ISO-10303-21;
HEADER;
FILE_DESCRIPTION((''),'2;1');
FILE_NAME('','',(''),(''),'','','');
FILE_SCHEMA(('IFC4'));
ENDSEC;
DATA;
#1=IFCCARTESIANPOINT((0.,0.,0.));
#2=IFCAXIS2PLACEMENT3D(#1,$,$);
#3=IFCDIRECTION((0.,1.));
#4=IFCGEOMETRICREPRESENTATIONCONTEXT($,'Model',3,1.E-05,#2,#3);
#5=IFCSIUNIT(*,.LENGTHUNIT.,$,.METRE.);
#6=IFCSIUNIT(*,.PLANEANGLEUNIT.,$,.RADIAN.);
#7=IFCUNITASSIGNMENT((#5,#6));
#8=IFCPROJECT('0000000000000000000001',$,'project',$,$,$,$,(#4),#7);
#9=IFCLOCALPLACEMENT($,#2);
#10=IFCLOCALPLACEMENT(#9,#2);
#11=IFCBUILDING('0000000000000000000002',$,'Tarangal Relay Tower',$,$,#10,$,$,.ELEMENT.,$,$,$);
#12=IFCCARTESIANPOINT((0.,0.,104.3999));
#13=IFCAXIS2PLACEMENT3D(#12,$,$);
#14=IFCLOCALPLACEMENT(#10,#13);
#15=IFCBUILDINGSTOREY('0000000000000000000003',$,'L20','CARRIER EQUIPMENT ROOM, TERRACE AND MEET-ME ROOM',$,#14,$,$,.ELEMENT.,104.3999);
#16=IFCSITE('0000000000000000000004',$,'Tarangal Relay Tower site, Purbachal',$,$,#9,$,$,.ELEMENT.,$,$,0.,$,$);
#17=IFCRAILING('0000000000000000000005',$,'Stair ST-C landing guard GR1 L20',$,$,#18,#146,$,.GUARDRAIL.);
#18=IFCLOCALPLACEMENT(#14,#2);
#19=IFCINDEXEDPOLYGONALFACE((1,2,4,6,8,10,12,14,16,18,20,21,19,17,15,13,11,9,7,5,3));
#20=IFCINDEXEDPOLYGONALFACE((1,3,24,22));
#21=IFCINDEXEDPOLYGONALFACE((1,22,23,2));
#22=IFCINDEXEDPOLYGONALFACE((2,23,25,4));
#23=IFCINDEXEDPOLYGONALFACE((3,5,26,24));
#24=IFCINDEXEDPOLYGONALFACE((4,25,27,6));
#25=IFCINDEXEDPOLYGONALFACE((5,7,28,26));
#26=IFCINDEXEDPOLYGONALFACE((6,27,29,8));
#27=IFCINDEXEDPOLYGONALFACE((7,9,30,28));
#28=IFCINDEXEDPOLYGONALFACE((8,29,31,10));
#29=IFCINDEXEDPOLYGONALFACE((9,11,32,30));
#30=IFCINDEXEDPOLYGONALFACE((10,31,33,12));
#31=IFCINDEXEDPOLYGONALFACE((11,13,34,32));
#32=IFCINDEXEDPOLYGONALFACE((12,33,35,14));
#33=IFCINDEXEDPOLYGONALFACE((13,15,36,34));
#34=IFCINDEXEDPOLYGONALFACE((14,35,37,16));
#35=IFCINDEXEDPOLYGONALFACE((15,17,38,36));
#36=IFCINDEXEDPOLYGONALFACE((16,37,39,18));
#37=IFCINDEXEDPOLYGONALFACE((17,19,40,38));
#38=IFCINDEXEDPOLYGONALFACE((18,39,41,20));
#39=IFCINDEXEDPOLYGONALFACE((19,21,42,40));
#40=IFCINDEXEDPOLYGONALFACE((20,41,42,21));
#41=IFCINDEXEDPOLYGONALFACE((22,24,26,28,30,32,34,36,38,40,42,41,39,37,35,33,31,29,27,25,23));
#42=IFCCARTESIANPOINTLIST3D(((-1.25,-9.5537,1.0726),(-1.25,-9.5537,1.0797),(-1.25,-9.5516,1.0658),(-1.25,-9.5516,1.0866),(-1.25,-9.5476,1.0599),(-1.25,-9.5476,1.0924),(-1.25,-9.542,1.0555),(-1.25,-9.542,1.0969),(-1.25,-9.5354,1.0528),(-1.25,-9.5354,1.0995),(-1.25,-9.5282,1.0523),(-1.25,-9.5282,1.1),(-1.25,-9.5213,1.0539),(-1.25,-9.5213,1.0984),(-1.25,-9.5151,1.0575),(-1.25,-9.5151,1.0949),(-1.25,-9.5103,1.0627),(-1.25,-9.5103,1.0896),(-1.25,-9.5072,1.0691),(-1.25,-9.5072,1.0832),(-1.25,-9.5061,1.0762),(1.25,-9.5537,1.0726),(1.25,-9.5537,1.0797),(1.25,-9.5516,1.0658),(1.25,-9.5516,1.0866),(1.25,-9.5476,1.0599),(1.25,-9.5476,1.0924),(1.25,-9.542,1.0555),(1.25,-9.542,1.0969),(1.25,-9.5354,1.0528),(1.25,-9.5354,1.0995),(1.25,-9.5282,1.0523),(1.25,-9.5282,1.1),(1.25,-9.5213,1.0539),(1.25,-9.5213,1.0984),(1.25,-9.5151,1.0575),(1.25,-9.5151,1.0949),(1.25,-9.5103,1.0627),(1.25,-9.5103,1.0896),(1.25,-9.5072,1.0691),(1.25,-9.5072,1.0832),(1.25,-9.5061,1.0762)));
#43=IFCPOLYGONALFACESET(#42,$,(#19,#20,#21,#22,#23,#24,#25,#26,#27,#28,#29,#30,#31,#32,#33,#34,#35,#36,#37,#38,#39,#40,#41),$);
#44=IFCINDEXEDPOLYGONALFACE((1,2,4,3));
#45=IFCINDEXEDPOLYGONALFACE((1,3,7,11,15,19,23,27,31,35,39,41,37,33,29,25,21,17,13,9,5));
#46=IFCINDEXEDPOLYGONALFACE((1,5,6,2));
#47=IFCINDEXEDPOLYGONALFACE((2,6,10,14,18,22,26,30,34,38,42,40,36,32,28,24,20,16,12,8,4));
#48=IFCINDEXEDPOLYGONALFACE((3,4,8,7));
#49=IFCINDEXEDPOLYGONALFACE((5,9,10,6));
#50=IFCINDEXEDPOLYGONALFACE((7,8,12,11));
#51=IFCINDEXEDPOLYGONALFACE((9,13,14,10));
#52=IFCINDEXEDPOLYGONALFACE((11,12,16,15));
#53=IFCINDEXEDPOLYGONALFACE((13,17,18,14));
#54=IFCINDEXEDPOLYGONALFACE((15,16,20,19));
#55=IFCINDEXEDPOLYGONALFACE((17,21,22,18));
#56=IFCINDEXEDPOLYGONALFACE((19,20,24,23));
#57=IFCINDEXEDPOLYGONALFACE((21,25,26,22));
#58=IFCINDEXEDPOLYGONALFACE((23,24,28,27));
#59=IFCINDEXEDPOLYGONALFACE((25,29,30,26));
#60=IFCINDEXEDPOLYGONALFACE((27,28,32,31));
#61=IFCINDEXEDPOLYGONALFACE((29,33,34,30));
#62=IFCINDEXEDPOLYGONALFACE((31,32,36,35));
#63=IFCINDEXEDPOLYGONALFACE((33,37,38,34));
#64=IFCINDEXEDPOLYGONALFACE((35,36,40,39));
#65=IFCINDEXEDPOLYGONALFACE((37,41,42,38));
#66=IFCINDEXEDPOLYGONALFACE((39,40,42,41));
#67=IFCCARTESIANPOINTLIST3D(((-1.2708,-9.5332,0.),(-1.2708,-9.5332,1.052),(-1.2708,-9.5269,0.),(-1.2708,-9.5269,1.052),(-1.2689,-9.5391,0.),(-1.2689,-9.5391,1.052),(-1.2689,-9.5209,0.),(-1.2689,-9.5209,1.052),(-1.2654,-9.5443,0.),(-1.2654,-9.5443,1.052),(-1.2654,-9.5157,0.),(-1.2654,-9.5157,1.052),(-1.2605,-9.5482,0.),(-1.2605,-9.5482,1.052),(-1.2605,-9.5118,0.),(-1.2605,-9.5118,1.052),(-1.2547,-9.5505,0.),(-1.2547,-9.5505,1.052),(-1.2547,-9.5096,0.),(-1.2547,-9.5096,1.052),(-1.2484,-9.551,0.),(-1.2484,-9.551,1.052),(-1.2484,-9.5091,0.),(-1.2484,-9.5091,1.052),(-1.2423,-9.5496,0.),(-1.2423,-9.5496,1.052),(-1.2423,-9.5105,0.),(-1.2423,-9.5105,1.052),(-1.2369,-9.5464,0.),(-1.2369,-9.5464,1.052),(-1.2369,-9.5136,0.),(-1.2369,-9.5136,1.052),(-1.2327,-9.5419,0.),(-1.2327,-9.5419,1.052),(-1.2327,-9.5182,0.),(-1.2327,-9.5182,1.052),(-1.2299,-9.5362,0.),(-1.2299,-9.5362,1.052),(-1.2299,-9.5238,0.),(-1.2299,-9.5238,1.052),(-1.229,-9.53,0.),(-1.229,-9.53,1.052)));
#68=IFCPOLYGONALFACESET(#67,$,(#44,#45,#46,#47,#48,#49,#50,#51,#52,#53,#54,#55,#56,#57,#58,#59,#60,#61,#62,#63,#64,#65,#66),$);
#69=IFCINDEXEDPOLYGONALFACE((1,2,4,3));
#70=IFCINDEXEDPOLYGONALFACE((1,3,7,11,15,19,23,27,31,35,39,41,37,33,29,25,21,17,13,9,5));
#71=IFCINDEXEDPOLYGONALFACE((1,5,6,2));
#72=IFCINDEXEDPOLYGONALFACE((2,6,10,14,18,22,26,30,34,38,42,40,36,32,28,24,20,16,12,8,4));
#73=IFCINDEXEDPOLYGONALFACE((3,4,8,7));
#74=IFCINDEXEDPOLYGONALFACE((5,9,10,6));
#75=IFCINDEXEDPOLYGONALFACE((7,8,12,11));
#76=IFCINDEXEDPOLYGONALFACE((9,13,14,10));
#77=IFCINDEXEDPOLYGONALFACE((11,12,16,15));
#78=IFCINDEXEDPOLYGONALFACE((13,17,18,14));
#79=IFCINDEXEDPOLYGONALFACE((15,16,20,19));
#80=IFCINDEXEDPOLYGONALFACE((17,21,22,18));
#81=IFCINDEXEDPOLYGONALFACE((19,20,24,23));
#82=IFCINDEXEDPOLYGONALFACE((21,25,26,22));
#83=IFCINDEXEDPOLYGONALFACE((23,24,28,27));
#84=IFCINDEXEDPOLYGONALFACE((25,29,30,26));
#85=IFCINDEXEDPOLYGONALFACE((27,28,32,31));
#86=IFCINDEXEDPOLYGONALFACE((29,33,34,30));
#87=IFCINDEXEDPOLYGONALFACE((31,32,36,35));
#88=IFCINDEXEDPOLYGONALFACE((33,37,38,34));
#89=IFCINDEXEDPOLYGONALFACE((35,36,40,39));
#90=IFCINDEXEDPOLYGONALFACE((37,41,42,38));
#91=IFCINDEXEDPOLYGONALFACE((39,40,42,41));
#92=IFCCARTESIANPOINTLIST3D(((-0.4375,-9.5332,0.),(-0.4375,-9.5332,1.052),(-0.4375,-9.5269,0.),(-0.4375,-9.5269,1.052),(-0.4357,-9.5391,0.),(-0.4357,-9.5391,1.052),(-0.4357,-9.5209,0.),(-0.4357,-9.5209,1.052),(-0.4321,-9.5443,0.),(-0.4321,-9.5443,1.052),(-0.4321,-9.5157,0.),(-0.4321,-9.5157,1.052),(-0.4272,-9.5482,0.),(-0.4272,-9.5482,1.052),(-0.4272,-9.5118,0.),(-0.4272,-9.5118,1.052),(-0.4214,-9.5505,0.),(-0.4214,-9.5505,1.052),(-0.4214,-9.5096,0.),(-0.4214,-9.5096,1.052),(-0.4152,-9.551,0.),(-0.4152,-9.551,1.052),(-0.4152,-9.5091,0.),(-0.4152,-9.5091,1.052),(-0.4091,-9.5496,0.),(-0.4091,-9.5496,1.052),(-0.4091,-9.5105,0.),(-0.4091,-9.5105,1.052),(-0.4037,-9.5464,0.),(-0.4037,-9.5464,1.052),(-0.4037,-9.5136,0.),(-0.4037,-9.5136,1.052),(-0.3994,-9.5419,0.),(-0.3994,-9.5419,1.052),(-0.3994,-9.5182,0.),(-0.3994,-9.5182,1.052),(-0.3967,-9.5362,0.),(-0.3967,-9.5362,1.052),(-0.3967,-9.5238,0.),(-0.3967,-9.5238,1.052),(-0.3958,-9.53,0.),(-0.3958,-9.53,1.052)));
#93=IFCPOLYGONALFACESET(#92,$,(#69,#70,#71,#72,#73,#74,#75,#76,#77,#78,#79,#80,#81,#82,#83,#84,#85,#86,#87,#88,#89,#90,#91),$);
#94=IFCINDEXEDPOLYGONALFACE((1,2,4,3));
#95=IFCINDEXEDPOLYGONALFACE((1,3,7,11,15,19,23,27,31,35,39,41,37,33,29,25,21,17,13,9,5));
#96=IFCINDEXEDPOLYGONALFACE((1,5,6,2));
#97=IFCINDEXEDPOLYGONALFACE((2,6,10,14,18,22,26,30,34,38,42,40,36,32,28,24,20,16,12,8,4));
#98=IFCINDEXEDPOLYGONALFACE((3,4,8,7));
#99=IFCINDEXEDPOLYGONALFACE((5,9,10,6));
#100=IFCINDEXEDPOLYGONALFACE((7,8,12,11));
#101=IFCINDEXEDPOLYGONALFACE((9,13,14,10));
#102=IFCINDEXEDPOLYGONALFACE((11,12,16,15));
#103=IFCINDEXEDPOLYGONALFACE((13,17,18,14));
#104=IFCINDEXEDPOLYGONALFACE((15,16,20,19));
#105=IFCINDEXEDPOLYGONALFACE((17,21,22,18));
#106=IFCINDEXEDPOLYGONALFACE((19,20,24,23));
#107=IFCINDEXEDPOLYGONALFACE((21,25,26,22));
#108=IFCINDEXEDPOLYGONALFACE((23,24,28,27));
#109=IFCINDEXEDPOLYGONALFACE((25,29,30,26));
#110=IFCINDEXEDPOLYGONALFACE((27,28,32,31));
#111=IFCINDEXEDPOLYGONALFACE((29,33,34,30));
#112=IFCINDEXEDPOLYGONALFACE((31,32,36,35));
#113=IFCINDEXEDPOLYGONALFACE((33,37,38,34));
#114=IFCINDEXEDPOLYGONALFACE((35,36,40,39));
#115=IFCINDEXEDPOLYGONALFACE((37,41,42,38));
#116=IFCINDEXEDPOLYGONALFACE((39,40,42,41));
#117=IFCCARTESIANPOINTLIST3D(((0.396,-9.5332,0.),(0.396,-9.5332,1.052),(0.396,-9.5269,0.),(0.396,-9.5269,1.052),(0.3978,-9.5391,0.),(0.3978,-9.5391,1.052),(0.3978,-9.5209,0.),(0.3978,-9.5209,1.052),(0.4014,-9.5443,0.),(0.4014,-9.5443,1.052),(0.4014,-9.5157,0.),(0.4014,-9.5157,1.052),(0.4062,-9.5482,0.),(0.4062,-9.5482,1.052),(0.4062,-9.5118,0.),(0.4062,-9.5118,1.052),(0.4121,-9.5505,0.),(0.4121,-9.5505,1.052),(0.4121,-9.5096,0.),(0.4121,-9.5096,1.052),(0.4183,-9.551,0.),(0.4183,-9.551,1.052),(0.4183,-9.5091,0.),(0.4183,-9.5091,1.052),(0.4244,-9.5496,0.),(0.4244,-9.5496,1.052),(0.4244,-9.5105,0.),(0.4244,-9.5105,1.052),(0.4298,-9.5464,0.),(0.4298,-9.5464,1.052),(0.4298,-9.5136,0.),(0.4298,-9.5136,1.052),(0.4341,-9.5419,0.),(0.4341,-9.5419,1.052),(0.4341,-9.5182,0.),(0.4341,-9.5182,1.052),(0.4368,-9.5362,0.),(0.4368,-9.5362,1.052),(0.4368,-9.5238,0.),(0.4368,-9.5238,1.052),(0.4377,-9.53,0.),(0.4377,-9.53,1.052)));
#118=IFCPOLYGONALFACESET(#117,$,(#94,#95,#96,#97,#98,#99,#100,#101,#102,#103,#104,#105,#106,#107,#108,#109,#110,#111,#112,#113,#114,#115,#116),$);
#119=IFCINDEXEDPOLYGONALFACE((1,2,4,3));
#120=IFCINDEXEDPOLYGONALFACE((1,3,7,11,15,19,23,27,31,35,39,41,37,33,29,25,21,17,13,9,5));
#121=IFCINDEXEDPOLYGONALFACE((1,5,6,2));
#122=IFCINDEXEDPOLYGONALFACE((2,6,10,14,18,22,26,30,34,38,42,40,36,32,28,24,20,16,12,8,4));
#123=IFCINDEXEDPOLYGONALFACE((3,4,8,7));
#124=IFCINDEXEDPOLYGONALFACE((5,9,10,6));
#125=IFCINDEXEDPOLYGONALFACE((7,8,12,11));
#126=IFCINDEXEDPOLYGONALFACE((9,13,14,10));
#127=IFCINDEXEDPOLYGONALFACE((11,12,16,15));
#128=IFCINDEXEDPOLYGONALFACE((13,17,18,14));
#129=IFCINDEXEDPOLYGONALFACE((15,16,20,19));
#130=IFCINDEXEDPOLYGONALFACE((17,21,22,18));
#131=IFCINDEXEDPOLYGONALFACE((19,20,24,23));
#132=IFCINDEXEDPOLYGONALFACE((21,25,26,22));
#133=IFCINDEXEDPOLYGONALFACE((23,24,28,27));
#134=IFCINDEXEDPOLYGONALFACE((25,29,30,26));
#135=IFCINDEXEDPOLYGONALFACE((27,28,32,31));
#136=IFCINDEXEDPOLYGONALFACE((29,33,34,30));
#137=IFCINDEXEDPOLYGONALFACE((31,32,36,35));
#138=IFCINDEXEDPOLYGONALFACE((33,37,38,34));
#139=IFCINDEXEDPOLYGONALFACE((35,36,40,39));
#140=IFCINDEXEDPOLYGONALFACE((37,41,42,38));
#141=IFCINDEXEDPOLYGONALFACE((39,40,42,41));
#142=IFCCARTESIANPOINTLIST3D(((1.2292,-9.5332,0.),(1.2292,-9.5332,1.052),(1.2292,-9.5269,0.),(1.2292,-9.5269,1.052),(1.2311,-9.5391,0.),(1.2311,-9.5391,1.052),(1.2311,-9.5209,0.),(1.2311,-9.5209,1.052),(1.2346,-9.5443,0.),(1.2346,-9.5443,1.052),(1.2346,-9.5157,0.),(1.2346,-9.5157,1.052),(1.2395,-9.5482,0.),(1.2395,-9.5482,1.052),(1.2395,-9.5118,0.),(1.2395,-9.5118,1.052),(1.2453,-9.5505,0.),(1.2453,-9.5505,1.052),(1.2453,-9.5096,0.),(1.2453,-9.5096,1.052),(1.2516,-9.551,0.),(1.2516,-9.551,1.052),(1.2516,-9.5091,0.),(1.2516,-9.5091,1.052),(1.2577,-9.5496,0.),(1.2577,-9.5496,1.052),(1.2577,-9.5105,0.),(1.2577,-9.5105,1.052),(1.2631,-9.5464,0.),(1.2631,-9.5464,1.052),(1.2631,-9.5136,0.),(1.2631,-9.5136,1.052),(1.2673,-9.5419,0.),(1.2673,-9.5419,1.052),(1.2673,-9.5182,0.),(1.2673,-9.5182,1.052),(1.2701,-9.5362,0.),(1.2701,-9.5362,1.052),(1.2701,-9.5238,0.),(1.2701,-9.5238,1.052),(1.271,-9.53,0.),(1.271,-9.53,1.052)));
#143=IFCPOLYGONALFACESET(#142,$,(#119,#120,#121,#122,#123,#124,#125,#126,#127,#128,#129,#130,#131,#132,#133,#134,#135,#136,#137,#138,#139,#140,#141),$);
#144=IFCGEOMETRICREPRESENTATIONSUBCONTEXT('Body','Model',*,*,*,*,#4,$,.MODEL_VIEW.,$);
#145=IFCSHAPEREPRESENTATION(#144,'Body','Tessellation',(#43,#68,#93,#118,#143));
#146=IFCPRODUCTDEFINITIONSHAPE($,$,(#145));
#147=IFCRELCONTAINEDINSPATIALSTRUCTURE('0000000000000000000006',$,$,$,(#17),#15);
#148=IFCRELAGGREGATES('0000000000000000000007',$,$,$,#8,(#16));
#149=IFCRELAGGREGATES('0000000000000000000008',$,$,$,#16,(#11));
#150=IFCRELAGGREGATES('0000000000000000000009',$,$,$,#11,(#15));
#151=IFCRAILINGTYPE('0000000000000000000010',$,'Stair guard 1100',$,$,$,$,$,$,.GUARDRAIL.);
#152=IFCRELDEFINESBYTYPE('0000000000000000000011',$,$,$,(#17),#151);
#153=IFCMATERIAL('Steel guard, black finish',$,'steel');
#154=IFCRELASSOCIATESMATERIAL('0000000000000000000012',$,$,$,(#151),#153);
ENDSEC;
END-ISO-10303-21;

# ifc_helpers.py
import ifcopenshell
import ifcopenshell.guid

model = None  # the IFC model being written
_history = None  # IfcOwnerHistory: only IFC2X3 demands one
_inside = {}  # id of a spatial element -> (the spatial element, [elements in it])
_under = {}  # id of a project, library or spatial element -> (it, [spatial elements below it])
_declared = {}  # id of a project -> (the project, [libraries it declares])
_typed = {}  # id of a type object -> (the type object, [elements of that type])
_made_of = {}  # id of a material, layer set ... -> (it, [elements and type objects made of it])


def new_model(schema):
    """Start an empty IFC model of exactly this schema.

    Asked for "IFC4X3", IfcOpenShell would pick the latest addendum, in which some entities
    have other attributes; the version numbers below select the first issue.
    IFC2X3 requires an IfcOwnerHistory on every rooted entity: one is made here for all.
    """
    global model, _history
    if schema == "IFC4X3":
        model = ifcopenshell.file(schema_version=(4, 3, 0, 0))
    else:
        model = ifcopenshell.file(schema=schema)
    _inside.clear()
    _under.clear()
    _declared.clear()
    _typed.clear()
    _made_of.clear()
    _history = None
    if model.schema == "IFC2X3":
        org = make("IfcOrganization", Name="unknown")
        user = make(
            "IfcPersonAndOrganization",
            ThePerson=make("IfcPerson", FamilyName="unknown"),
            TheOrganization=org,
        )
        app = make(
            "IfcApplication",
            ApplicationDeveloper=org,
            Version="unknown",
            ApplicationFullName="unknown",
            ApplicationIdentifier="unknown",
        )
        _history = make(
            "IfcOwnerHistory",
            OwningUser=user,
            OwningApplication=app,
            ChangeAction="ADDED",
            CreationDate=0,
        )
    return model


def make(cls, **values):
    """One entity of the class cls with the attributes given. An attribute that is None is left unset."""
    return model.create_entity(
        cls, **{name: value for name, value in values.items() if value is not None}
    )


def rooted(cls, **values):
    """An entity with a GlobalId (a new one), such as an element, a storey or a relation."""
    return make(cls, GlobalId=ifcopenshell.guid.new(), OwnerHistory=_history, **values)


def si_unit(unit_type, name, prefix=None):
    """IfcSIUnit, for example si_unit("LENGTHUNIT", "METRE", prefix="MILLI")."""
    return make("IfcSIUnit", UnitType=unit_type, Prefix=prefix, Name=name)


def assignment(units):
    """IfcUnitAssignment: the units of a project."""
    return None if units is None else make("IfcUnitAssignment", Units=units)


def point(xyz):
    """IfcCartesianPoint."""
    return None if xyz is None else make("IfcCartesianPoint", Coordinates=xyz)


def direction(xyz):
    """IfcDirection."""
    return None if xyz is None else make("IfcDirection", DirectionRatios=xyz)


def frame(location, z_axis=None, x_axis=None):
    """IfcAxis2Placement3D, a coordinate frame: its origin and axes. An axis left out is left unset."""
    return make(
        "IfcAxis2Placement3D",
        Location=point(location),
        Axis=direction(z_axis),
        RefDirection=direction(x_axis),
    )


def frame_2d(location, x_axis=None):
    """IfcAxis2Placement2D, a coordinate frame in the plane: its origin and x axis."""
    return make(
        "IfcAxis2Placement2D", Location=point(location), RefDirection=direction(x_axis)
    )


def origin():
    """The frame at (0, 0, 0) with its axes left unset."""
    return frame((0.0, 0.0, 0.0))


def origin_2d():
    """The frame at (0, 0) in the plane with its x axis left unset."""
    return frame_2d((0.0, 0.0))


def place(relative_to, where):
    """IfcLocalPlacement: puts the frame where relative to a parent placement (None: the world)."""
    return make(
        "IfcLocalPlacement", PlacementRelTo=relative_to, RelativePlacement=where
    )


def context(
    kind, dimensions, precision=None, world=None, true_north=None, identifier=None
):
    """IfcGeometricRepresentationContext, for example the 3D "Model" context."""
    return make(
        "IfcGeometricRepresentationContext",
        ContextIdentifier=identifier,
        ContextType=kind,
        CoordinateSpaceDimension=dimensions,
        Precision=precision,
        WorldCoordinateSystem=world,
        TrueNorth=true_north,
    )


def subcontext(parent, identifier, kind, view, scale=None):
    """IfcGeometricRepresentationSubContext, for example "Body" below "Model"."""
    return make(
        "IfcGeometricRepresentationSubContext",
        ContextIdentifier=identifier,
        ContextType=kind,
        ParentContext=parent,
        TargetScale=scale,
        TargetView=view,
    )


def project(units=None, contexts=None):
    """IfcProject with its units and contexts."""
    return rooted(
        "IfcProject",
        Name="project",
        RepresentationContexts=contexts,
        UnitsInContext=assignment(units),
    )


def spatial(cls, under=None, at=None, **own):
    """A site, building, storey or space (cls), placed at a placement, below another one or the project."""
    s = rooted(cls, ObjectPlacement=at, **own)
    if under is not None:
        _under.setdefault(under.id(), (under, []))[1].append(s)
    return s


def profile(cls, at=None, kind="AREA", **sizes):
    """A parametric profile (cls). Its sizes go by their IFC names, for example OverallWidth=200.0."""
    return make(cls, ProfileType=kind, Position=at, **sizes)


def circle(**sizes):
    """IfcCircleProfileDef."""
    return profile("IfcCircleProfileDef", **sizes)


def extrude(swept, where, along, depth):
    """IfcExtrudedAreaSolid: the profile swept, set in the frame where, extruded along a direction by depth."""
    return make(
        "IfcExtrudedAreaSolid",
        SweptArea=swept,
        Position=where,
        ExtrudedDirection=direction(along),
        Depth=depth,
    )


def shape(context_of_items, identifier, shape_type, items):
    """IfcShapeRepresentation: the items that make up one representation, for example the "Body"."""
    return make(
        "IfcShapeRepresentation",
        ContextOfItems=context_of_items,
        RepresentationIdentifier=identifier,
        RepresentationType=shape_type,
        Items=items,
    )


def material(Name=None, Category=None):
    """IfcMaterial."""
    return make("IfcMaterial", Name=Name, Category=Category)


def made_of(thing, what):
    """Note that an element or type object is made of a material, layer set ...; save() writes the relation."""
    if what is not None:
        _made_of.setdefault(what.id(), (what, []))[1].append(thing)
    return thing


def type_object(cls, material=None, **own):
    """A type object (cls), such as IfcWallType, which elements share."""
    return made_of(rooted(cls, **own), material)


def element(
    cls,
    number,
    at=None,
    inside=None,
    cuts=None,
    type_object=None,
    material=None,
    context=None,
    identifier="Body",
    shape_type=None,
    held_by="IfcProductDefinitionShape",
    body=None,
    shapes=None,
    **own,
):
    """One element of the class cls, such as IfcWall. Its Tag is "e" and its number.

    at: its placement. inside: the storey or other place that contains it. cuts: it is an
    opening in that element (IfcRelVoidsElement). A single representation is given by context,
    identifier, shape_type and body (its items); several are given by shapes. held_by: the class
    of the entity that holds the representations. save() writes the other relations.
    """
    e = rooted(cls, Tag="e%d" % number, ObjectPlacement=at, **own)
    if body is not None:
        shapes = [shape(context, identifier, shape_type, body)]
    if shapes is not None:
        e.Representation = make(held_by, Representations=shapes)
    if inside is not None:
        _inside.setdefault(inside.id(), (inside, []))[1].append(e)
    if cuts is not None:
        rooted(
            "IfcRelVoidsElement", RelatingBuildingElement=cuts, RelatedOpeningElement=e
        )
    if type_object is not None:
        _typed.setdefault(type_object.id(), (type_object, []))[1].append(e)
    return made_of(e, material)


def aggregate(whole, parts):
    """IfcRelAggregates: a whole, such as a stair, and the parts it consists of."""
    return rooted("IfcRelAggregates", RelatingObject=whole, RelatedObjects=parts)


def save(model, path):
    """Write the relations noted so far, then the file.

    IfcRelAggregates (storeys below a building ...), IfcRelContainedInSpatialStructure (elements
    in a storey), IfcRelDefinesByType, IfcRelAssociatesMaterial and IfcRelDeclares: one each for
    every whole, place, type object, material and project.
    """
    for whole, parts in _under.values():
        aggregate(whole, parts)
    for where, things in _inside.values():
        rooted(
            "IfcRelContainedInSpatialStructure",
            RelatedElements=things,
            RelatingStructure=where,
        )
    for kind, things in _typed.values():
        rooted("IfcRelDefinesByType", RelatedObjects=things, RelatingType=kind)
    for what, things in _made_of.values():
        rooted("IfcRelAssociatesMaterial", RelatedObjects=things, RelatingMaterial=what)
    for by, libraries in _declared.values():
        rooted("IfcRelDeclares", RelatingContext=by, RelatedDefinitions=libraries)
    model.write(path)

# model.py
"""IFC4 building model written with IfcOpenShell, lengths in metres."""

from ifc_helpers import new_model, si_unit, direction, frame, origin, origin_2d, place, context, subcontext, project, spatial, circle, extrude, material, type_object, element, save


model = new_model("IFC4")

# Units and contexts
model_context = context("Model", 3, precision=1e-05, world=origin(), true_north=direction((0.0, 1.0)))
body_context = subcontext(model_context, "Body", "Model", "MODEL_VIEW")
ifc_project = project(units=[si_unit("LENGTHUNIT", "METRE"), si_unit("PLANEANGLEUNIT", "RADIAN")], contexts=[model_context])

# Site, building, storey
site_placement = place(None, origin())
site = spatial("IfcSite", under=ifc_project, at=site_placement, Name="Tarangal Relay Tower site, Purbachal", CompositionType="ELEMENT", RefElevation=0.0)
building_placement = place(site_placement, origin())
building = spatial("IfcBuilding", under=site, at=building_placement, Name="Tarangal Relay Tower", CompositionType="ELEMENT")
storey_placement = place(building_placement, frame((0.0, 0.0, 104.3999)))
storey = spatial("IfcBuildingStorey", under=building, at=storey_placement, Name="L20", Description="CARRIER EQUIPMENT ROOM, TERRACE AND MEET-ME ROOM", CompositionType="ELEMENT", Elevation=104.3999)

# Railing
ifc_material_1 = material(Name="Steel guard, black finish", Category="steel")
railing_type_1 = type_object("IfcRailingType", Name="Stair guard 1100", PredefinedType="GUARDRAIL", material=ifc_material_1)
for number, where, name in (
    (1, (-1.25, -9.53, 0.0), "Stair ST-C landing guard GR1 L20"),
):
    element("IfcRailing", number, at=place(storey_placement, frame(where)), inside=storey, type_object=railing_type_1, Name=name, PredefinedType="GUARDRAIL", context=body_context, shape_type="SweptSolid", body=[
        extrude(circle(Radius=0.0239, at=origin_2d()), frame((0.0, 0.0, 1.0762), z_axis=(1.0, 0.0, 0.0), x_axis=(0.0, 1.0, 0.0)), (0.0, 0.0, 1.0), 2.5),
        extrude(circle(Radius=0.021, at=origin_2d()), origin(), (0.0, 0.0, 1.0), 1.052),
        extrude(circle(Radius=0.021, at=origin_2d()), frame((0.8333, 0.0, 0.0)), (0.0, 0.0, 1.0), 1.052),
        extrude(circle(Radius=0.021, at=origin_2d()), frame((1.6667, 0.0, 0.0)), (0.0, 0.0, 1.0), 1.052),
        extrude(circle(Radius=0.021, at=origin_2d()), frame((2.5, 0.0, 0.0)), (0.0, 0.0, 1.0), 1.052),
    ])

save(model, "model.ifc")
